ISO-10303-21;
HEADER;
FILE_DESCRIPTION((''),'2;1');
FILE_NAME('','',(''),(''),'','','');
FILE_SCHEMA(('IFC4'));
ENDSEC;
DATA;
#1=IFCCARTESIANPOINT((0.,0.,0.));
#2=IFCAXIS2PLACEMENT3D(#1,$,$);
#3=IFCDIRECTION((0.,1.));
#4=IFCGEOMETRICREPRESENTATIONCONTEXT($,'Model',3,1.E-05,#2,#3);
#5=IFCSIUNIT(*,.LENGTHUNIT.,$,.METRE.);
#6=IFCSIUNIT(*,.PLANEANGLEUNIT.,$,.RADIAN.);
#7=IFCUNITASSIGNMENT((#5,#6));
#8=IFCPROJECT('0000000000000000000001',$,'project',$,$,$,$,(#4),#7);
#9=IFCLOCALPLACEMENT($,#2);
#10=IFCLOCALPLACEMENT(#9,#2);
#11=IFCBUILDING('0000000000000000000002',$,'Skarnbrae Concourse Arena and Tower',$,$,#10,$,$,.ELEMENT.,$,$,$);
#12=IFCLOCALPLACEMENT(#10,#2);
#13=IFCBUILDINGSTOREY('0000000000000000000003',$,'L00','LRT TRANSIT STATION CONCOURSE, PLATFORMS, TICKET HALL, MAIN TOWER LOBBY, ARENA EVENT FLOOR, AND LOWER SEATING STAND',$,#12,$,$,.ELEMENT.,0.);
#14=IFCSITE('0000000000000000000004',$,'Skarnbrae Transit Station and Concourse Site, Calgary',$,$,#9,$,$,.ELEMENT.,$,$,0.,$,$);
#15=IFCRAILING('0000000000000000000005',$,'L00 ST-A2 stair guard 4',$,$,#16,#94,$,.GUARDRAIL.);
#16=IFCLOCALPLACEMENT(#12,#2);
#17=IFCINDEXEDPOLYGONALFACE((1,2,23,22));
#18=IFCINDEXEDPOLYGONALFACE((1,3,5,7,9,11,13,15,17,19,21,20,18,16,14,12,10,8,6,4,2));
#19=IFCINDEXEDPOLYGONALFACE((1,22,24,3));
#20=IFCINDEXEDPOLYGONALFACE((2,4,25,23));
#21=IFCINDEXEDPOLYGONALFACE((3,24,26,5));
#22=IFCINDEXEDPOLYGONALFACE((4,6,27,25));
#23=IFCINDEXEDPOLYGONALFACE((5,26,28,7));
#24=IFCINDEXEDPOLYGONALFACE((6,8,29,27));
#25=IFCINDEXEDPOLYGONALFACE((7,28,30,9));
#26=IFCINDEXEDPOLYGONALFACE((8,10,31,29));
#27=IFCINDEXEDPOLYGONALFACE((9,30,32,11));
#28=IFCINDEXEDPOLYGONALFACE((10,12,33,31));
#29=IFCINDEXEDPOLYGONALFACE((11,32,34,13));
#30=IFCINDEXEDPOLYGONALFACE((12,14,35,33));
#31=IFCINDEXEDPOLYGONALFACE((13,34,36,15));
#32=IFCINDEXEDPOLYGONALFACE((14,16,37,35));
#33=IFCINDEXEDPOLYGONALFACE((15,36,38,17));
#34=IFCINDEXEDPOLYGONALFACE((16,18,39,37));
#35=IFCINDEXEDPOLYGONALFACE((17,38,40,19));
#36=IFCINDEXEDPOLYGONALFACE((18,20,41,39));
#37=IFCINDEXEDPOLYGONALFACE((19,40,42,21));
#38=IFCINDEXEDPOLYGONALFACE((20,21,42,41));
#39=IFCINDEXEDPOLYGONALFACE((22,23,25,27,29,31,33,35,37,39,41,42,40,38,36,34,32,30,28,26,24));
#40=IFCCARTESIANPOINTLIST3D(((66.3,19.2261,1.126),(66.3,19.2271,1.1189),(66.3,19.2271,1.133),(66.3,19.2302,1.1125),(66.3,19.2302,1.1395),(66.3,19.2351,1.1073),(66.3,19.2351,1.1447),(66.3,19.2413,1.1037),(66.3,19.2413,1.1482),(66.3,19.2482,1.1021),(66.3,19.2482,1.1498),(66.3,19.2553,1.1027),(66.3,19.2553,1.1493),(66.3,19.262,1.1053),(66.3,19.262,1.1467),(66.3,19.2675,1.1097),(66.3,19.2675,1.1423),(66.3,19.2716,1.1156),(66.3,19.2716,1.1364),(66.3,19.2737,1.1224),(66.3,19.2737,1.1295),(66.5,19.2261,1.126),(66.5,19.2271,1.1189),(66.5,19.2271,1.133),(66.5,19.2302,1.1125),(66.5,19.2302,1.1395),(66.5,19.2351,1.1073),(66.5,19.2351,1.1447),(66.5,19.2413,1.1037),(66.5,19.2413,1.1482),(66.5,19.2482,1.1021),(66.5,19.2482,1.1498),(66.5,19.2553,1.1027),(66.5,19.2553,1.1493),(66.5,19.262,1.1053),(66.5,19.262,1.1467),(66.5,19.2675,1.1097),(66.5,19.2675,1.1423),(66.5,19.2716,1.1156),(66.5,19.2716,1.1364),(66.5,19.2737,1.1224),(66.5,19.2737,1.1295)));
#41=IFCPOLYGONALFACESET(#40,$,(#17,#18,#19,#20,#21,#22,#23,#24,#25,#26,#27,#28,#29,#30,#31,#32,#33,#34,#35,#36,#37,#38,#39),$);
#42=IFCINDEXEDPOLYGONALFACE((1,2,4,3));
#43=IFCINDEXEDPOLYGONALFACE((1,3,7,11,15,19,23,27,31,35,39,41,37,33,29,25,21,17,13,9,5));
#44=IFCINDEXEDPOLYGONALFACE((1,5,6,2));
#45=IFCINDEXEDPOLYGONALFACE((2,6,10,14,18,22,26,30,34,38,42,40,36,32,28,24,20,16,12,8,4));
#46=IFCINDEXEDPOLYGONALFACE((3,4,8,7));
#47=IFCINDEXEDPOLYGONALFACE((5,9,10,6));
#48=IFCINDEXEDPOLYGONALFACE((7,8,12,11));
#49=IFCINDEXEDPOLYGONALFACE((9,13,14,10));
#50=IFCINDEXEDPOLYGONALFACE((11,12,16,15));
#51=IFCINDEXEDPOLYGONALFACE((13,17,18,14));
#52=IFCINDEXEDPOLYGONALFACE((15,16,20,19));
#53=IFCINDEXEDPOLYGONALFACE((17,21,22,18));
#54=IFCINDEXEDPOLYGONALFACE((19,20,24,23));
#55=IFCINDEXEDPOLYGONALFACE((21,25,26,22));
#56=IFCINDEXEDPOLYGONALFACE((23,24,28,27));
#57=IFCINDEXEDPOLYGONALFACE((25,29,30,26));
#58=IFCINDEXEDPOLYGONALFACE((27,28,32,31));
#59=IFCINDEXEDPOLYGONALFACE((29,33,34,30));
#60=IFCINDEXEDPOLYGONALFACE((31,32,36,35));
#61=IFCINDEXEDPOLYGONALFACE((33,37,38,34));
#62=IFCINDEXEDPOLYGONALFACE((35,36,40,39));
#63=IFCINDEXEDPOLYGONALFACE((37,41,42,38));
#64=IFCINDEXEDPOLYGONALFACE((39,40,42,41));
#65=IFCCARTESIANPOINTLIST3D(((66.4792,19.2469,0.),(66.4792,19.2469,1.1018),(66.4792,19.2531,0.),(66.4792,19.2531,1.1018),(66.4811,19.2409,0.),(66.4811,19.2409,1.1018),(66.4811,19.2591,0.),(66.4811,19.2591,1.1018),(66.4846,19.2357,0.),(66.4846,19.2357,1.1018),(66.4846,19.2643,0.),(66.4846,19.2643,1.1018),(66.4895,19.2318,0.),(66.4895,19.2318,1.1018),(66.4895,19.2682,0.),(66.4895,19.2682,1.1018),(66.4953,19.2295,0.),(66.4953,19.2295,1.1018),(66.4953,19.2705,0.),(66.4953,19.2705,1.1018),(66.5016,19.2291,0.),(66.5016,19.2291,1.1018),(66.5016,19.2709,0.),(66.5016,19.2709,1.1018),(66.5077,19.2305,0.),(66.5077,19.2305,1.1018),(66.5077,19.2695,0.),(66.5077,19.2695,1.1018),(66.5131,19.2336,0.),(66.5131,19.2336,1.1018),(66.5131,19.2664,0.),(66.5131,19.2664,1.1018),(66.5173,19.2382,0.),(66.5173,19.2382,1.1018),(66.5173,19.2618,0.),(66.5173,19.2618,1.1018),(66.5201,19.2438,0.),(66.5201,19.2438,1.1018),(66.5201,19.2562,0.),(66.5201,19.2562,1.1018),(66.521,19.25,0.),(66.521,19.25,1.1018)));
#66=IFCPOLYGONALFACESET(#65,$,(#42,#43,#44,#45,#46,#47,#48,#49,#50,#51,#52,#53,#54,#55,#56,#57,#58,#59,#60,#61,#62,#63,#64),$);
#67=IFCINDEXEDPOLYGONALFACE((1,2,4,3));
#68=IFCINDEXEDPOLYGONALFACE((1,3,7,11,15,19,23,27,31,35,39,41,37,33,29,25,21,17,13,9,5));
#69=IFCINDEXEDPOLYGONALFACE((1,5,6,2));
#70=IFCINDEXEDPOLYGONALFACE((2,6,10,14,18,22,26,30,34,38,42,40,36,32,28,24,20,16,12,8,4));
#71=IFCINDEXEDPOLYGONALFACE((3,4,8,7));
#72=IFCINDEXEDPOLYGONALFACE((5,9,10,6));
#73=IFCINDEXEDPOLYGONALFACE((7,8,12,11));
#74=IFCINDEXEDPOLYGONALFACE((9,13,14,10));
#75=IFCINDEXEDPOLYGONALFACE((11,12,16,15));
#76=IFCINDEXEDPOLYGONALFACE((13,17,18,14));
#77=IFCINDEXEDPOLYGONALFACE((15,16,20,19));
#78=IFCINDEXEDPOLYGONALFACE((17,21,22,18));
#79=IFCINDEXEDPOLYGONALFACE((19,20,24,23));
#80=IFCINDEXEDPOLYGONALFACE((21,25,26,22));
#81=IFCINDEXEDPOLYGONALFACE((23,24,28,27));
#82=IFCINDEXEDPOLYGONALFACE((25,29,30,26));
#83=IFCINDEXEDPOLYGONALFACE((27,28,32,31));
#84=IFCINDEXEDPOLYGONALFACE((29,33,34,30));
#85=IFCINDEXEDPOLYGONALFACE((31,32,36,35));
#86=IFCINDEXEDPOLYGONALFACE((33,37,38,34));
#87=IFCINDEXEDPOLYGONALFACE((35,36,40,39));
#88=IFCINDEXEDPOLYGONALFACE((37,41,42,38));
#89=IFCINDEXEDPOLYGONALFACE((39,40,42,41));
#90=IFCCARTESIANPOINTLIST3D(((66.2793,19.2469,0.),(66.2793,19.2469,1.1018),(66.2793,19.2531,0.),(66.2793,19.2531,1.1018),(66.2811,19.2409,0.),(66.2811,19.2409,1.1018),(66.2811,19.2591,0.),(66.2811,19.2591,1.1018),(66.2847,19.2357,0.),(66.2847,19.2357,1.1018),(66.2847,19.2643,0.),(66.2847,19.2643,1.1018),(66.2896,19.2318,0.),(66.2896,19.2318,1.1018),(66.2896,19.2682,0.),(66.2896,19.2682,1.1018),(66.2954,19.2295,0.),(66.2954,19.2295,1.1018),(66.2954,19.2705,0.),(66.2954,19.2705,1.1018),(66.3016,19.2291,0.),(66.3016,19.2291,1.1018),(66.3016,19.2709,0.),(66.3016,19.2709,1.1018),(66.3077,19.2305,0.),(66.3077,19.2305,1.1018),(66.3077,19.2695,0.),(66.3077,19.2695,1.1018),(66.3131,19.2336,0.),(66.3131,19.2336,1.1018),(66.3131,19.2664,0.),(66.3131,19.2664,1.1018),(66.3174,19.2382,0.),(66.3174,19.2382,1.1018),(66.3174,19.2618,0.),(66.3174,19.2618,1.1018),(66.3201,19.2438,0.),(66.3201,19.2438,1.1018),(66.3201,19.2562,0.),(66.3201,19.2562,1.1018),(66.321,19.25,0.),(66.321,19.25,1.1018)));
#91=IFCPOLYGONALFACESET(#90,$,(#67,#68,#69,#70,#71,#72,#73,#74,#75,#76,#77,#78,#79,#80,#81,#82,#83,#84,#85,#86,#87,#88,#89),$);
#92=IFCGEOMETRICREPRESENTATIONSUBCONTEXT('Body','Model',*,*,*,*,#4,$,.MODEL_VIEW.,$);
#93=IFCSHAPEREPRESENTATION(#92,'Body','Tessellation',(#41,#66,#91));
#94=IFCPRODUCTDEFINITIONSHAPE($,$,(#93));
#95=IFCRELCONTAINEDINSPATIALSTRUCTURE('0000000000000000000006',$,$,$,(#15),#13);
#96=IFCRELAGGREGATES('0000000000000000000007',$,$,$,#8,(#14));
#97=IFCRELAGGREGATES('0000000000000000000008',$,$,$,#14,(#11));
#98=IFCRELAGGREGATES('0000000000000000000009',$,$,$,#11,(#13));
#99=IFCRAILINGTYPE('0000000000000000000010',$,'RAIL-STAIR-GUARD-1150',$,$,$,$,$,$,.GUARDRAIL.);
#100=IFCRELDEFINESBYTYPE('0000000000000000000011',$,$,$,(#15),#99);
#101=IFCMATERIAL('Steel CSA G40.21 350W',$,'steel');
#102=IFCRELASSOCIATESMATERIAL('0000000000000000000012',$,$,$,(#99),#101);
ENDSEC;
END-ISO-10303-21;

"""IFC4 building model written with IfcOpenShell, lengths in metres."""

from ifc_helpers import new_model, si_unit, direction, frame, origin, origin_2d, place, context, subcontext, project, spatial, circle, extrude, material, type_object, element, save


model = new_model("IFC4")

# Units and contexts
model_context = context("Model", 3, precision=1e-05, world=origin(), true_north=direction((0.0, 1.0)))
body_context = subcontext(model_context, "Body", "Model", "MODEL_VIEW")
ifc_project = project(units=[si_unit("LENGTHUNIT", "METRE"), si_unit("PLANEANGLEUNIT", "RADIAN")], contexts=[model_context])

# Site, building, storey
site_placement = place(None, origin())
site = spatial("IfcSite", under=ifc_project, at=site_placement, Name="Skarnbrae Transit Station and Concourse Site, Calgary", CompositionType="ELEMENT", RefElevation=0.0)
building_placement = place(site_placement, origin())
building = spatial("IfcBuilding", under=site, at=building_placement, Name="Skarnbrae Concourse Arena and Tower", CompositionType="ELEMENT")
storey_placement = place(building_placement, origin())
storey = spatial("IfcBuildingStorey", under=building, at=storey_placement, Name="L00", Description="LRT TRANSIT STATION CONCOURSE, PLATFORMS, TICKET HALL, MAIN TOWER LOBBY, ARENA EVENT FLOOR, AND LOWER SEATING STAND", CompositionType="ELEMENT", Elevation=0.0)

# Shared definitions
ifc_material_1 = material(Name="Steel CSA G40.21 350W", Category="steel")

# Railing
railing_type_1 = type_object("IfcRailingType", Name="RAIL-STAIR-GUARD-1150", PredefinedType="GUARDRAIL", material=ifc_material_1)
railing_1_placement = place(storey_placement, frame((66.5, 19.25, 0.0)))
element("IfcRailing", 1, at=railing_1_placement, inside=storey, type_object=railing_type_1, Name="L00 ST-A2 stair guard 4", PredefinedType="GUARDRAIL", context=body_context, shape_type="SweptSolid", body=[
    extrude(circle(Radius=0.0239, at=origin_2d()), frame((0.0, 0.0, 1.126), z_axis=(-1.0, 0.0, 0.0), x_axis=(0.0, -1.0, 0.0)), (0.0, 0.0, 1.0), 0.2),
    extrude(circle(Radius=0.021, at=origin_2d()), origin(), (0.0, 0.0, 1.0), 1.1018),
    extrude(circle(Radius=0.021, at=origin_2d()), frame((-0.2, 0.0, 0.0)), (0.0, 0.0, 1.0), 1.1018),
])

save(model, "model.ifc")
